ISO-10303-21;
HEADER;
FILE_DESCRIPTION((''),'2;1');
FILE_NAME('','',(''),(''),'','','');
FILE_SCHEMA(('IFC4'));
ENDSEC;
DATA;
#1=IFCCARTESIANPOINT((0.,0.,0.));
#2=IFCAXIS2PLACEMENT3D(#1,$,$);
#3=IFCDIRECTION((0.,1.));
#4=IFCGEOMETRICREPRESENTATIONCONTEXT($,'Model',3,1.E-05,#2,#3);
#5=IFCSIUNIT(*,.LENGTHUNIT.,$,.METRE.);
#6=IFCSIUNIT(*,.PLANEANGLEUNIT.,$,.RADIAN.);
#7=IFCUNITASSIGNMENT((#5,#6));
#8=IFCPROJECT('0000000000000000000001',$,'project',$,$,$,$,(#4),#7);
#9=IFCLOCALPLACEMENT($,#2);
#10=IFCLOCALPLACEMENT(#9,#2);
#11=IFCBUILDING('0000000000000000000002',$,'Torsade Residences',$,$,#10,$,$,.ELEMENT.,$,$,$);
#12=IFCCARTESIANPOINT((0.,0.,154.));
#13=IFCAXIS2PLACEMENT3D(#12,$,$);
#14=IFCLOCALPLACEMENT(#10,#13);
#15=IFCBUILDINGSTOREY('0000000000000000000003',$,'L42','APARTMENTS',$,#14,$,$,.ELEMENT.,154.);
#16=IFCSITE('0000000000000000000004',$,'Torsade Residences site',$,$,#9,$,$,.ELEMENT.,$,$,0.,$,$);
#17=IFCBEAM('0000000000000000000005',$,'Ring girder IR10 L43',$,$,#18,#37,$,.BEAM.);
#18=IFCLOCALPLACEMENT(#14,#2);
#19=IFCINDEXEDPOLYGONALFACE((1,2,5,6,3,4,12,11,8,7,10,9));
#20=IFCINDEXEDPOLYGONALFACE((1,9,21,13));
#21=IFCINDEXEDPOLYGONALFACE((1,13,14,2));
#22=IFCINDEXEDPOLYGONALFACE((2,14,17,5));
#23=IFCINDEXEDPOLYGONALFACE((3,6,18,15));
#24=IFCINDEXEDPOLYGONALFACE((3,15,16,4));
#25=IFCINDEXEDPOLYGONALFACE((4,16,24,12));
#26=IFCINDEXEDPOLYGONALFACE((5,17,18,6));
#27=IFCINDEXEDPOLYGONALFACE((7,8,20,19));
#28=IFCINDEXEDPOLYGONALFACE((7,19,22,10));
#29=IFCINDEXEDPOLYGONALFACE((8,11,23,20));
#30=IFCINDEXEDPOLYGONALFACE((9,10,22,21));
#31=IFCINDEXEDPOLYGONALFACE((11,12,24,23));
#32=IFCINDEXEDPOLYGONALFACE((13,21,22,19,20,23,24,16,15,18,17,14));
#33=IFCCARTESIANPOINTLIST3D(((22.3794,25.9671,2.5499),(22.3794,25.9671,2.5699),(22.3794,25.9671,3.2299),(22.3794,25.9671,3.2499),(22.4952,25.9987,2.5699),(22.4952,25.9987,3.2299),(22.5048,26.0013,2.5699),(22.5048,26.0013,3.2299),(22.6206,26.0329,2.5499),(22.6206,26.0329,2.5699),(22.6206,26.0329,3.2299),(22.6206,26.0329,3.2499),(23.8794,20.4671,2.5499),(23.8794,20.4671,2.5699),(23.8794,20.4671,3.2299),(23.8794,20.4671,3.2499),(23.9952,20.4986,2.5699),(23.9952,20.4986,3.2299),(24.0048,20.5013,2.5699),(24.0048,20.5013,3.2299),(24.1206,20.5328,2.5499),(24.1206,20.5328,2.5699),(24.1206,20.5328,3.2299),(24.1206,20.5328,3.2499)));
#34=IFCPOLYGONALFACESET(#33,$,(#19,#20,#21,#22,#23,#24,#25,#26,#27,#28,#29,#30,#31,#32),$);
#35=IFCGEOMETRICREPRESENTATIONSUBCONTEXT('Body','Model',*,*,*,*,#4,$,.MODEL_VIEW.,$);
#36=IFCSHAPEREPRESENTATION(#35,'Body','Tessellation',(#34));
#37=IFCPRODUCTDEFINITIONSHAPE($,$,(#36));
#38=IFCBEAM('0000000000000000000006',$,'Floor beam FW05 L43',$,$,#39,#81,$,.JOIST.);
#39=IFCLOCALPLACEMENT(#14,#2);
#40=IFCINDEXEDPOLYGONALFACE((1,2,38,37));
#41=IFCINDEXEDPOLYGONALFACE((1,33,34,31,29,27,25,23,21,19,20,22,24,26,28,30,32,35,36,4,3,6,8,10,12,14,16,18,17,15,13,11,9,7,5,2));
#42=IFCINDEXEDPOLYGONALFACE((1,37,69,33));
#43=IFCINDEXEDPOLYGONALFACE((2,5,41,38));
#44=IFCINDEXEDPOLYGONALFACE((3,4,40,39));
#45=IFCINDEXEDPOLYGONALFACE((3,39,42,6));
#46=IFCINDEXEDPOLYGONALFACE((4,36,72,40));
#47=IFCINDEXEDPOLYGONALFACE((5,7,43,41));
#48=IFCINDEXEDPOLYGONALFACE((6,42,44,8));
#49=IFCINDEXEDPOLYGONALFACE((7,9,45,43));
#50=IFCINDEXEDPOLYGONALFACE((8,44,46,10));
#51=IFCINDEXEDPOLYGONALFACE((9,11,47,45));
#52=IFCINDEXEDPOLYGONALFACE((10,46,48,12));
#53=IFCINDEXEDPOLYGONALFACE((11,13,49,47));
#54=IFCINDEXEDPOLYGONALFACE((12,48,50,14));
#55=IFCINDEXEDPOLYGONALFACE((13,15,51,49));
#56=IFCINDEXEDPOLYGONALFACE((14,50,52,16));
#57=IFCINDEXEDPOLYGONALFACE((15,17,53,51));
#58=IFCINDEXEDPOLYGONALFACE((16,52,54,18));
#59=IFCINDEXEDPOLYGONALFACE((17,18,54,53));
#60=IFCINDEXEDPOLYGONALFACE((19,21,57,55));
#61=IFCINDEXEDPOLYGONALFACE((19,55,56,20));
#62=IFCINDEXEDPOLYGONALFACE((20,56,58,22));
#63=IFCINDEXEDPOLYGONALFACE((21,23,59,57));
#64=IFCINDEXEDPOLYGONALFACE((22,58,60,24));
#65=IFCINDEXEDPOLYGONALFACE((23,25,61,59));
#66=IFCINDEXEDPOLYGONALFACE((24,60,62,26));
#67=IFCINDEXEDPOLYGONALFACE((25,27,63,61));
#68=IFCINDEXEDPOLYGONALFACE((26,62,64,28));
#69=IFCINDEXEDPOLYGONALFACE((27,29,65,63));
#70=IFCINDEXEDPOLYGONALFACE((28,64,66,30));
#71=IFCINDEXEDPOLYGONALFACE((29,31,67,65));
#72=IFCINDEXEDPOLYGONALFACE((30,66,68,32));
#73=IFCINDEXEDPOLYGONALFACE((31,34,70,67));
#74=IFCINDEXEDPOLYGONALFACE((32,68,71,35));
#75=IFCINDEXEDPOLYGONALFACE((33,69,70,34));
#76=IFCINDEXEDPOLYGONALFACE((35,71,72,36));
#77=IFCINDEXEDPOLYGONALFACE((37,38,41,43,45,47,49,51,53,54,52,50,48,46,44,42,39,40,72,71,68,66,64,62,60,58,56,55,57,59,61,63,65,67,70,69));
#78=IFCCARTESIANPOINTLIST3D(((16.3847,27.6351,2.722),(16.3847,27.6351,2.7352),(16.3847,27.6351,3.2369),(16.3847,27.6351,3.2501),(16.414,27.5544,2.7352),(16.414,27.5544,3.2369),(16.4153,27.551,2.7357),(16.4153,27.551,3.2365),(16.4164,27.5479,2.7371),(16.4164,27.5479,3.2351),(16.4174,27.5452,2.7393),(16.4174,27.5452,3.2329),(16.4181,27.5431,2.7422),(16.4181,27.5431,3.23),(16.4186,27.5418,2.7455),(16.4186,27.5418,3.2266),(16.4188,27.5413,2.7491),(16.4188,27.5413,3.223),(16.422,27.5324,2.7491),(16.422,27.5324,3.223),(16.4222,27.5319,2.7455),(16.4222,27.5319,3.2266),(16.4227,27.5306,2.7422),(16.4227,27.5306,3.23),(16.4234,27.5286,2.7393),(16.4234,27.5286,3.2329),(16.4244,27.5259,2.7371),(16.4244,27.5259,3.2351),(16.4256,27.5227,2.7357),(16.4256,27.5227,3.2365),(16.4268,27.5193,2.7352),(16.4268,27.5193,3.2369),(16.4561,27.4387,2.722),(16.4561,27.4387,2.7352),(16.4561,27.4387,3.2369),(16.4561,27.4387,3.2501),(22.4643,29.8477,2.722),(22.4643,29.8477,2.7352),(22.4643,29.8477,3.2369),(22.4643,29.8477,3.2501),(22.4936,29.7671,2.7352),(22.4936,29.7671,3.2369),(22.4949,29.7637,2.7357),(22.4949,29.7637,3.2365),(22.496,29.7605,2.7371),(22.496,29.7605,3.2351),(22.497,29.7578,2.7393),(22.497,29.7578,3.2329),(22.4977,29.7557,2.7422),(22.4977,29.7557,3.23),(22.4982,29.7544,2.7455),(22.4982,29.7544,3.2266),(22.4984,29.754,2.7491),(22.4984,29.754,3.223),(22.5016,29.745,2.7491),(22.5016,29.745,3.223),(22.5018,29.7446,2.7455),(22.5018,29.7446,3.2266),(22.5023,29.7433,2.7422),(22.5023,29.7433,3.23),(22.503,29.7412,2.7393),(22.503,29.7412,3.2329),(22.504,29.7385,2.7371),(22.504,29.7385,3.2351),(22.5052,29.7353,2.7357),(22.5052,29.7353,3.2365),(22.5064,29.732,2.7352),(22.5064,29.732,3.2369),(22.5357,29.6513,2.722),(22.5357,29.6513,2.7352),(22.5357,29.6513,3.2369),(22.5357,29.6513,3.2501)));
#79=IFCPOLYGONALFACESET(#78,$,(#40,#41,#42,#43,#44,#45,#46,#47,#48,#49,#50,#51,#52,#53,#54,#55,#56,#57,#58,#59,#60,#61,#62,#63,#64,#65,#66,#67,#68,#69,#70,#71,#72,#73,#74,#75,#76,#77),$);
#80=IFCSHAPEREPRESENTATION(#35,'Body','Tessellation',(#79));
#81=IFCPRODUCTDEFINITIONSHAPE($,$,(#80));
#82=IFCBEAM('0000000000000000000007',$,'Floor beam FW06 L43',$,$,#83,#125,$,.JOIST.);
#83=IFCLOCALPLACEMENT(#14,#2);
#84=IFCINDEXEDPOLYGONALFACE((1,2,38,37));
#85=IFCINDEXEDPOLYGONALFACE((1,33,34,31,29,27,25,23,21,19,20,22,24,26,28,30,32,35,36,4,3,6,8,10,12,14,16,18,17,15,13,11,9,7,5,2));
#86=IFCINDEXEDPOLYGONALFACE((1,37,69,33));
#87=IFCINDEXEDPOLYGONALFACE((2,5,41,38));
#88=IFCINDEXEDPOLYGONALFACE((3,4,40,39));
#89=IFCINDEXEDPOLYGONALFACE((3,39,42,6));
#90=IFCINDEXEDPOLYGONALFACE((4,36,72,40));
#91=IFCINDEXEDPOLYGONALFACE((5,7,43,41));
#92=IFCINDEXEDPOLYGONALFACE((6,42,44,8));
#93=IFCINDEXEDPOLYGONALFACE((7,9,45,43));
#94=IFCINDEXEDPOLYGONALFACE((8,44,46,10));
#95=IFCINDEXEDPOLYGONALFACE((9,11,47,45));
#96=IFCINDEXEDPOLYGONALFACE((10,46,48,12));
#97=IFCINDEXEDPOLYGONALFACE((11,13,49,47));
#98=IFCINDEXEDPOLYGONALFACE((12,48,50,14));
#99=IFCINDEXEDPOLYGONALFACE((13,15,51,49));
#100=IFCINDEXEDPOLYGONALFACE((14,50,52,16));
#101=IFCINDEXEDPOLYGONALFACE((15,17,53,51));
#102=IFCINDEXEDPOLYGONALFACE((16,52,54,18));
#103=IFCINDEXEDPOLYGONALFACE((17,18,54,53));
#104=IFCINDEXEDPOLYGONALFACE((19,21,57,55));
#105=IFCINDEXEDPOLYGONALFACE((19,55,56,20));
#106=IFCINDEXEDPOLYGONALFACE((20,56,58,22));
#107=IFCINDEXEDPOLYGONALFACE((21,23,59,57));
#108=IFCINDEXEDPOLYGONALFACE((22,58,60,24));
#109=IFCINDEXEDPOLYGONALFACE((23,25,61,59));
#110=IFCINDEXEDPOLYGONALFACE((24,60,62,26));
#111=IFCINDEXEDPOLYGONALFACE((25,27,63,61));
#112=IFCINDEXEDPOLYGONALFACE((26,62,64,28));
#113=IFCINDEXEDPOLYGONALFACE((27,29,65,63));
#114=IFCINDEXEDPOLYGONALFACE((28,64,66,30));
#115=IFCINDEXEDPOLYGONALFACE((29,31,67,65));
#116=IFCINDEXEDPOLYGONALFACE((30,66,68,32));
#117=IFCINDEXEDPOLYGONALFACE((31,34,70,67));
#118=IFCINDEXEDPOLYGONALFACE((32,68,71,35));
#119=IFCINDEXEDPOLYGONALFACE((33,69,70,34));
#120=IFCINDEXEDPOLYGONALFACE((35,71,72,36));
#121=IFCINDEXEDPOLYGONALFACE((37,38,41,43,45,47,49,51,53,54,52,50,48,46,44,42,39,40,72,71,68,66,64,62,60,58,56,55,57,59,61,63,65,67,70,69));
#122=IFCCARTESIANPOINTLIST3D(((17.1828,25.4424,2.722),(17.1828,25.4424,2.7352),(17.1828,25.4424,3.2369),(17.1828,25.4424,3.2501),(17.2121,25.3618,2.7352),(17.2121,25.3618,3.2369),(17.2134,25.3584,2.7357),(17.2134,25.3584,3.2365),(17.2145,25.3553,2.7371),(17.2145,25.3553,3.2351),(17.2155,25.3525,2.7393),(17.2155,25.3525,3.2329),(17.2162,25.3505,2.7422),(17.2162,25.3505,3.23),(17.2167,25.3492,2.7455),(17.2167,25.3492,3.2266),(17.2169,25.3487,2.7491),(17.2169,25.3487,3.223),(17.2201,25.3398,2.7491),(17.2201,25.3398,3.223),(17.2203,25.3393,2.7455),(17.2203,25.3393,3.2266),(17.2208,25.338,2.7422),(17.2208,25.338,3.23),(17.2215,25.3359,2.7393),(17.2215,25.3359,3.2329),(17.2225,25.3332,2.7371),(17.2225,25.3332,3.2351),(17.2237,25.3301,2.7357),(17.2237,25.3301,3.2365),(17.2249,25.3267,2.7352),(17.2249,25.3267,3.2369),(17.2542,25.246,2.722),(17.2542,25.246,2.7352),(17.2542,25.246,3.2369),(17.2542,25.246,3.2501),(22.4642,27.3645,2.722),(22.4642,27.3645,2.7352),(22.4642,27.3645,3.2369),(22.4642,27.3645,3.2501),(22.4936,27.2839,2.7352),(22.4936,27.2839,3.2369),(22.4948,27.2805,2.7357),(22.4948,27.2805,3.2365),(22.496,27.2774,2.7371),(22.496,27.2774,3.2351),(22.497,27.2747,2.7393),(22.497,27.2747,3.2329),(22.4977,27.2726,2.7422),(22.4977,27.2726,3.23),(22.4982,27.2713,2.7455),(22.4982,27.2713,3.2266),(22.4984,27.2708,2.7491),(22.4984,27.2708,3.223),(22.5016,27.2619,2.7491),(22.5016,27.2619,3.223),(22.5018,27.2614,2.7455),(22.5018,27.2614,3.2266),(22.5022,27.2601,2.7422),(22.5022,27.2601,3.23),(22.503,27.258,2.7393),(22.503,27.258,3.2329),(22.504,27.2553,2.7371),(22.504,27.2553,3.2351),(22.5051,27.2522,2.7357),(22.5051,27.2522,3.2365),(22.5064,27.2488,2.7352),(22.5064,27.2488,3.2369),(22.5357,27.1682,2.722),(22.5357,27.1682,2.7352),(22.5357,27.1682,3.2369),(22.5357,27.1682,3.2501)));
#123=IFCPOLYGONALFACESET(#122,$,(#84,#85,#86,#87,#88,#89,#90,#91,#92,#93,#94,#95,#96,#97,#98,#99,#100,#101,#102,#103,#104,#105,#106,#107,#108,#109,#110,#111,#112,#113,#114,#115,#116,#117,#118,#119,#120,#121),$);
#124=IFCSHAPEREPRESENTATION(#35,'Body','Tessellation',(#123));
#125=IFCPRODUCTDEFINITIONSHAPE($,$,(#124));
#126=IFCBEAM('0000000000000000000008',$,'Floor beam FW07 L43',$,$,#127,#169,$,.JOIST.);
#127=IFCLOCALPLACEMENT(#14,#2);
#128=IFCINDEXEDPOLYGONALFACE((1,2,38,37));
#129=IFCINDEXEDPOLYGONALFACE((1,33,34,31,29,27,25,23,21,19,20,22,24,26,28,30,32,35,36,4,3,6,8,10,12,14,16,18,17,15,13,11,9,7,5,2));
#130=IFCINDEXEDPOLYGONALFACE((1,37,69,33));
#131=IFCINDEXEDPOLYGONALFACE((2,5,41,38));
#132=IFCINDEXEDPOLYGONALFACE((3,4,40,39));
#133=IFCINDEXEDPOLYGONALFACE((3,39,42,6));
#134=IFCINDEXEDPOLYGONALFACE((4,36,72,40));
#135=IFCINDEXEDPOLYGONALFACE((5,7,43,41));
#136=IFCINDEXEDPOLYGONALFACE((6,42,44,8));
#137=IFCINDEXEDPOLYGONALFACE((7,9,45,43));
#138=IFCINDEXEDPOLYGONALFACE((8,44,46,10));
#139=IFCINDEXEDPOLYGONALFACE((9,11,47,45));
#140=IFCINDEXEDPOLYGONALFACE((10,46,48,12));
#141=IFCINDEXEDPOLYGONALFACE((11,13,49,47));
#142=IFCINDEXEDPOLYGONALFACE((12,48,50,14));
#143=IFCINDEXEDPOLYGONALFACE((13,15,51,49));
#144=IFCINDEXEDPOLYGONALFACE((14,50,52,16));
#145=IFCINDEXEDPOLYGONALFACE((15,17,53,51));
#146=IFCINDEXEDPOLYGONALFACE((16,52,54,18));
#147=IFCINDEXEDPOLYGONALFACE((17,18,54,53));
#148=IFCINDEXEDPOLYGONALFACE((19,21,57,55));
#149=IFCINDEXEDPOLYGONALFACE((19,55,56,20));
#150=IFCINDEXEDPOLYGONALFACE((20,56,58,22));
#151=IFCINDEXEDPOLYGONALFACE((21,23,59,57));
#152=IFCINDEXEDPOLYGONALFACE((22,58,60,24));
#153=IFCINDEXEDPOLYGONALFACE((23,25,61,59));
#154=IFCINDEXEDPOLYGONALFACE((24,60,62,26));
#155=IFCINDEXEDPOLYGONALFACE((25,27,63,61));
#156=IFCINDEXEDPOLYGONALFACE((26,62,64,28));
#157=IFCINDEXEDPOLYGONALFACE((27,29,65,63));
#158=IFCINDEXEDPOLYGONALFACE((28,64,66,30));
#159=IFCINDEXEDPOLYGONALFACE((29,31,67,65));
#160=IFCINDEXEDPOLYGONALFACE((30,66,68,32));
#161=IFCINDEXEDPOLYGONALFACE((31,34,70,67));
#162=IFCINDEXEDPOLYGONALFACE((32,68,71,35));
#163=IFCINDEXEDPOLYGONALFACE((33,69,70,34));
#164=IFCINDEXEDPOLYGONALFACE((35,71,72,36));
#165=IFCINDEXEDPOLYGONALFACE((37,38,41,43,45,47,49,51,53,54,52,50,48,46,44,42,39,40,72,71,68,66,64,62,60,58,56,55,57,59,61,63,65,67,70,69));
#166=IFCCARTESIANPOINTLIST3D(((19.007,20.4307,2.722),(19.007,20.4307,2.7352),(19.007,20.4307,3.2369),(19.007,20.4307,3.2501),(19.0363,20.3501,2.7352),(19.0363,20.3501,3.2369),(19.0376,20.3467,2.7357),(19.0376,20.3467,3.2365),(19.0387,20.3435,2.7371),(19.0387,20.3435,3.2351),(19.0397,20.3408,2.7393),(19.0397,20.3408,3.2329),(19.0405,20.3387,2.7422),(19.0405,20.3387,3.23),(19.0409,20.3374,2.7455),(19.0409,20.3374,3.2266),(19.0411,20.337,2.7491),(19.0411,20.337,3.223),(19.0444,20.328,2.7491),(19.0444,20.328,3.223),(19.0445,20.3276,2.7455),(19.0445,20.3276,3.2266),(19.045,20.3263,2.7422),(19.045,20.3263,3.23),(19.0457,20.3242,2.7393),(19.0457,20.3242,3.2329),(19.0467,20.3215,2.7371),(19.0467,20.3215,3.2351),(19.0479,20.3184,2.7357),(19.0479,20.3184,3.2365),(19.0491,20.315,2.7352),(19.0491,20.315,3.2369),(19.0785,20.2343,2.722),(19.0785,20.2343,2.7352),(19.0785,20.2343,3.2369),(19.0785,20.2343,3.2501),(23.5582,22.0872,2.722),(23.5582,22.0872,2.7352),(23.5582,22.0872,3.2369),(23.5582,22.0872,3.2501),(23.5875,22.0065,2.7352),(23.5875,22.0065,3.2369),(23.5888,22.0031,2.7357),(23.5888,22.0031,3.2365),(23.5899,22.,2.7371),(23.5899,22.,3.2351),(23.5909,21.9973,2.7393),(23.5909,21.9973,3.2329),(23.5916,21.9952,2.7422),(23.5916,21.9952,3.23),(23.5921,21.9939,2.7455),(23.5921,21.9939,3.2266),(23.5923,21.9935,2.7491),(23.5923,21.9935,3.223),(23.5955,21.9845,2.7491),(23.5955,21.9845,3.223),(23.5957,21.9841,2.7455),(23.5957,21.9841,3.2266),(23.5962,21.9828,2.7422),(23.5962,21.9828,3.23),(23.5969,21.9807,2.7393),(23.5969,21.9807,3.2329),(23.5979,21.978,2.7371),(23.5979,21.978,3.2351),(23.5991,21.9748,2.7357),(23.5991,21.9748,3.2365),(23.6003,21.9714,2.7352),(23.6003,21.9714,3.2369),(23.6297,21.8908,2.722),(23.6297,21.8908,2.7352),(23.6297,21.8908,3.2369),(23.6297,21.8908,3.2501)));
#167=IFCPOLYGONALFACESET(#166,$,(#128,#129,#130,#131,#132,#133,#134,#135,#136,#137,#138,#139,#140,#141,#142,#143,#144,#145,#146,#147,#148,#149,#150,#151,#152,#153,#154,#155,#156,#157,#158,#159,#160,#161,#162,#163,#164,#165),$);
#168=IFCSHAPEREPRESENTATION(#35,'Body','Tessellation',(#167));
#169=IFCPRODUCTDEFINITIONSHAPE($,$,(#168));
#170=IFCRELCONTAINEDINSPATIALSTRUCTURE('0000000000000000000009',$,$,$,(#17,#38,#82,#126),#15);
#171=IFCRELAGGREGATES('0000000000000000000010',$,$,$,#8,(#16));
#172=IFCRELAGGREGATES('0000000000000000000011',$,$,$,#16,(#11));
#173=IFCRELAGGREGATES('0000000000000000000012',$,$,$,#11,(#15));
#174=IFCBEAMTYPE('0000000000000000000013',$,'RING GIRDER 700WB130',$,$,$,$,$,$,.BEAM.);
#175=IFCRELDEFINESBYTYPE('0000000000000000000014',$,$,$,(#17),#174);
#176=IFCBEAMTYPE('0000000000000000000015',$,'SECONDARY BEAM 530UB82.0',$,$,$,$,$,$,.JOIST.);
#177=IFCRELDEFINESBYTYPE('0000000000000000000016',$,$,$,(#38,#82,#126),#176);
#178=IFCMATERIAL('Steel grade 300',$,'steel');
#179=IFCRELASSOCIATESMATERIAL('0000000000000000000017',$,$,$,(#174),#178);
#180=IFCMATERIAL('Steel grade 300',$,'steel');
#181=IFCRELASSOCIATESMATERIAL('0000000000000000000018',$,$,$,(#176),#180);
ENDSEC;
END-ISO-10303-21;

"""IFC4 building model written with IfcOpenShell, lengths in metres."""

from ifc_helpers import new_model, si_unit, direction, frame, origin, origin_2d, place, context, subcontext, project, spatial, i_section, extrude, material, material_profile, profile_set, type_object, element, save


model = new_model("IFC4")

# Units and contexts
model_context = context("Model", 3, precision=1e-05, world=origin(), true_north=direction((0.0, 1.0)))
body_context = subcontext(model_context, "Body", "Model", "MODEL_VIEW")
ifc_project = project(units=[si_unit("LENGTHUNIT", "METRE"), si_unit("PLANEANGLEUNIT", "RADIAN")], contexts=[model_context])

# Site, building, storey
site_placement = place(None, origin())
site = spatial("IfcSite", under=ifc_project, at=site_placement, Name="Torsade Residences site", CompositionType="ELEMENT", RefElevation=0.0)
building_placement = place(site_placement, origin())
building = spatial("IfcBuilding", under=site, at=building_placement, Name="Torsade Residences", CompositionType="ELEMENT")
storey_placement = place(building_placement, frame((0.0, 0.0, 154.0)))
storey = spatial("IfcBuildingStorey", under=building, at=storey_placement, Name="L42", Description="APARTMENTS", CompositionType="ELEMENT", Elevation=154.0)

# Beams
ifc_material_1 = material(Name="Steel grade 300", Category="steel")
ifc_material_profile_1 = material_profile(ifc_material_1, i_section(OverallWidth=0.25, OverallDepth=0.7, WebThickness=0.01, FlangeThickness=0.02, at=origin_2d()), Name="700WB130")
ifc_profile_set_1 = profile_set([ifc_material_profile_1], Name="Steel grade 300")
beam_type_1 = type_object("IfcBeamType", Name="RING GIRDER 700WB130", PredefinedType="BEAM", material=ifc_profile_set_1)
beam_1_placement = place(storey_placement, frame((22.5, 26.0, 2.8999), z_axis=(0.263117, -0.964764, 0.0), x_axis=(0.964764, 0.263117, 0.0)))
element("IfcBeam", 1, at=beam_1_placement, inside=storey, type_object=beam_type_1, Name="Ring girder IR10 L43", PredefinedType="BEAM", context=body_context, shape_type="SweptSolid", body=[
    extrude(i_section(OverallWidth=0.25, OverallDepth=0.7, WebThickness=0.01, FlangeThickness=0.02, at=origin_2d()), origin(), (0.0, 0.0, 1.0), 5.7009),
])
ifc_material_2 = material(Name="Steel grade 300", Category="steel")
ifc_material_profile_2 = material_profile(ifc_material_2, i_section(OverallWidth=0.209, OverallDepth=0.5281, WebThickness=0.0095, FlangeThickness=0.0132, FilletRadius=0.0139, at=origin_2d()), Name="530UB82.0")
ifc_profile_set_2 = profile_set([ifc_material_profile_2], Name="Steel grade 300")
beam_type_2 = type_object("IfcBeamType", Name="SECONDARY BEAM 530UB82.0", PredefinedType="JOIST", material=ifc_profile_set_2)
beam_2_placement = place(storey_placement, frame((16.4204, 27.5369, 2.9861), z_axis=(0.9397, 0.342001, 0.0), x_axis=(-0.342001, 0.9397, 0.0)))
element("IfcBeam", 2, at=beam_2_placement, inside=storey, type_object=beam_type_2, Name="Floor beam FW05 L43", PredefinedType="JOIST", context=body_context, shape_type="SweptSolid", body=[
    extrude(i_section(OverallWidth=0.209, OverallDepth=0.5281, WebThickness=0.0095, FlangeThickness=0.0132, FilletRadius=0.0139, at=origin_2d()), origin(), (0.0, 0.0, 1.0), 6.4697),
])
beam_3_placement = place(storey_placement, frame((17.2185, 25.3442, 2.9861), z_axis=(0.939703, 0.341991, 0.0), x_axis=(-0.341991, 0.939703, 0.0)))
element("IfcBeam", 3, at=beam_3_placement, inside=storey, type_object=beam_type_2, Name="Floor beam FW06 L43", PredefinedType="JOIST", context=body_context, shape_type="SweptSolid", body=[
    extrude(i_section(OverallWidth=0.209, OverallDepth=0.5281, WebThickness=0.0095, FlangeThickness=0.0132, FilletRadius=0.0139, at=origin_2d()), origin(), (0.0, 0.0, 1.0), 5.6204),
])
beam_4_placement = place(storey_placement, frame((19.0427, 20.3325, 2.9861), z_axis=(0.939695, 0.342014, 0.0), x_axis=(-0.342014, 0.939695, 0.0)))
element("IfcBeam", 4, at=beam_4_placement, inside=storey, type_object=beam_type_2, Name="Floor beam FW07 L43", PredefinedType="JOIST", context=body_context, shape_type="SweptSolid", body=[
    extrude(i_section(OverallWidth=0.209, OverallDepth=0.5281, WebThickness=0.0095, FlangeThickness=0.0132, FilletRadius=0.0139, at=origin_2d()), origin(), (0.0, 0.0, 1.0), 4.8433),
])

save(model, "model.ifc")
